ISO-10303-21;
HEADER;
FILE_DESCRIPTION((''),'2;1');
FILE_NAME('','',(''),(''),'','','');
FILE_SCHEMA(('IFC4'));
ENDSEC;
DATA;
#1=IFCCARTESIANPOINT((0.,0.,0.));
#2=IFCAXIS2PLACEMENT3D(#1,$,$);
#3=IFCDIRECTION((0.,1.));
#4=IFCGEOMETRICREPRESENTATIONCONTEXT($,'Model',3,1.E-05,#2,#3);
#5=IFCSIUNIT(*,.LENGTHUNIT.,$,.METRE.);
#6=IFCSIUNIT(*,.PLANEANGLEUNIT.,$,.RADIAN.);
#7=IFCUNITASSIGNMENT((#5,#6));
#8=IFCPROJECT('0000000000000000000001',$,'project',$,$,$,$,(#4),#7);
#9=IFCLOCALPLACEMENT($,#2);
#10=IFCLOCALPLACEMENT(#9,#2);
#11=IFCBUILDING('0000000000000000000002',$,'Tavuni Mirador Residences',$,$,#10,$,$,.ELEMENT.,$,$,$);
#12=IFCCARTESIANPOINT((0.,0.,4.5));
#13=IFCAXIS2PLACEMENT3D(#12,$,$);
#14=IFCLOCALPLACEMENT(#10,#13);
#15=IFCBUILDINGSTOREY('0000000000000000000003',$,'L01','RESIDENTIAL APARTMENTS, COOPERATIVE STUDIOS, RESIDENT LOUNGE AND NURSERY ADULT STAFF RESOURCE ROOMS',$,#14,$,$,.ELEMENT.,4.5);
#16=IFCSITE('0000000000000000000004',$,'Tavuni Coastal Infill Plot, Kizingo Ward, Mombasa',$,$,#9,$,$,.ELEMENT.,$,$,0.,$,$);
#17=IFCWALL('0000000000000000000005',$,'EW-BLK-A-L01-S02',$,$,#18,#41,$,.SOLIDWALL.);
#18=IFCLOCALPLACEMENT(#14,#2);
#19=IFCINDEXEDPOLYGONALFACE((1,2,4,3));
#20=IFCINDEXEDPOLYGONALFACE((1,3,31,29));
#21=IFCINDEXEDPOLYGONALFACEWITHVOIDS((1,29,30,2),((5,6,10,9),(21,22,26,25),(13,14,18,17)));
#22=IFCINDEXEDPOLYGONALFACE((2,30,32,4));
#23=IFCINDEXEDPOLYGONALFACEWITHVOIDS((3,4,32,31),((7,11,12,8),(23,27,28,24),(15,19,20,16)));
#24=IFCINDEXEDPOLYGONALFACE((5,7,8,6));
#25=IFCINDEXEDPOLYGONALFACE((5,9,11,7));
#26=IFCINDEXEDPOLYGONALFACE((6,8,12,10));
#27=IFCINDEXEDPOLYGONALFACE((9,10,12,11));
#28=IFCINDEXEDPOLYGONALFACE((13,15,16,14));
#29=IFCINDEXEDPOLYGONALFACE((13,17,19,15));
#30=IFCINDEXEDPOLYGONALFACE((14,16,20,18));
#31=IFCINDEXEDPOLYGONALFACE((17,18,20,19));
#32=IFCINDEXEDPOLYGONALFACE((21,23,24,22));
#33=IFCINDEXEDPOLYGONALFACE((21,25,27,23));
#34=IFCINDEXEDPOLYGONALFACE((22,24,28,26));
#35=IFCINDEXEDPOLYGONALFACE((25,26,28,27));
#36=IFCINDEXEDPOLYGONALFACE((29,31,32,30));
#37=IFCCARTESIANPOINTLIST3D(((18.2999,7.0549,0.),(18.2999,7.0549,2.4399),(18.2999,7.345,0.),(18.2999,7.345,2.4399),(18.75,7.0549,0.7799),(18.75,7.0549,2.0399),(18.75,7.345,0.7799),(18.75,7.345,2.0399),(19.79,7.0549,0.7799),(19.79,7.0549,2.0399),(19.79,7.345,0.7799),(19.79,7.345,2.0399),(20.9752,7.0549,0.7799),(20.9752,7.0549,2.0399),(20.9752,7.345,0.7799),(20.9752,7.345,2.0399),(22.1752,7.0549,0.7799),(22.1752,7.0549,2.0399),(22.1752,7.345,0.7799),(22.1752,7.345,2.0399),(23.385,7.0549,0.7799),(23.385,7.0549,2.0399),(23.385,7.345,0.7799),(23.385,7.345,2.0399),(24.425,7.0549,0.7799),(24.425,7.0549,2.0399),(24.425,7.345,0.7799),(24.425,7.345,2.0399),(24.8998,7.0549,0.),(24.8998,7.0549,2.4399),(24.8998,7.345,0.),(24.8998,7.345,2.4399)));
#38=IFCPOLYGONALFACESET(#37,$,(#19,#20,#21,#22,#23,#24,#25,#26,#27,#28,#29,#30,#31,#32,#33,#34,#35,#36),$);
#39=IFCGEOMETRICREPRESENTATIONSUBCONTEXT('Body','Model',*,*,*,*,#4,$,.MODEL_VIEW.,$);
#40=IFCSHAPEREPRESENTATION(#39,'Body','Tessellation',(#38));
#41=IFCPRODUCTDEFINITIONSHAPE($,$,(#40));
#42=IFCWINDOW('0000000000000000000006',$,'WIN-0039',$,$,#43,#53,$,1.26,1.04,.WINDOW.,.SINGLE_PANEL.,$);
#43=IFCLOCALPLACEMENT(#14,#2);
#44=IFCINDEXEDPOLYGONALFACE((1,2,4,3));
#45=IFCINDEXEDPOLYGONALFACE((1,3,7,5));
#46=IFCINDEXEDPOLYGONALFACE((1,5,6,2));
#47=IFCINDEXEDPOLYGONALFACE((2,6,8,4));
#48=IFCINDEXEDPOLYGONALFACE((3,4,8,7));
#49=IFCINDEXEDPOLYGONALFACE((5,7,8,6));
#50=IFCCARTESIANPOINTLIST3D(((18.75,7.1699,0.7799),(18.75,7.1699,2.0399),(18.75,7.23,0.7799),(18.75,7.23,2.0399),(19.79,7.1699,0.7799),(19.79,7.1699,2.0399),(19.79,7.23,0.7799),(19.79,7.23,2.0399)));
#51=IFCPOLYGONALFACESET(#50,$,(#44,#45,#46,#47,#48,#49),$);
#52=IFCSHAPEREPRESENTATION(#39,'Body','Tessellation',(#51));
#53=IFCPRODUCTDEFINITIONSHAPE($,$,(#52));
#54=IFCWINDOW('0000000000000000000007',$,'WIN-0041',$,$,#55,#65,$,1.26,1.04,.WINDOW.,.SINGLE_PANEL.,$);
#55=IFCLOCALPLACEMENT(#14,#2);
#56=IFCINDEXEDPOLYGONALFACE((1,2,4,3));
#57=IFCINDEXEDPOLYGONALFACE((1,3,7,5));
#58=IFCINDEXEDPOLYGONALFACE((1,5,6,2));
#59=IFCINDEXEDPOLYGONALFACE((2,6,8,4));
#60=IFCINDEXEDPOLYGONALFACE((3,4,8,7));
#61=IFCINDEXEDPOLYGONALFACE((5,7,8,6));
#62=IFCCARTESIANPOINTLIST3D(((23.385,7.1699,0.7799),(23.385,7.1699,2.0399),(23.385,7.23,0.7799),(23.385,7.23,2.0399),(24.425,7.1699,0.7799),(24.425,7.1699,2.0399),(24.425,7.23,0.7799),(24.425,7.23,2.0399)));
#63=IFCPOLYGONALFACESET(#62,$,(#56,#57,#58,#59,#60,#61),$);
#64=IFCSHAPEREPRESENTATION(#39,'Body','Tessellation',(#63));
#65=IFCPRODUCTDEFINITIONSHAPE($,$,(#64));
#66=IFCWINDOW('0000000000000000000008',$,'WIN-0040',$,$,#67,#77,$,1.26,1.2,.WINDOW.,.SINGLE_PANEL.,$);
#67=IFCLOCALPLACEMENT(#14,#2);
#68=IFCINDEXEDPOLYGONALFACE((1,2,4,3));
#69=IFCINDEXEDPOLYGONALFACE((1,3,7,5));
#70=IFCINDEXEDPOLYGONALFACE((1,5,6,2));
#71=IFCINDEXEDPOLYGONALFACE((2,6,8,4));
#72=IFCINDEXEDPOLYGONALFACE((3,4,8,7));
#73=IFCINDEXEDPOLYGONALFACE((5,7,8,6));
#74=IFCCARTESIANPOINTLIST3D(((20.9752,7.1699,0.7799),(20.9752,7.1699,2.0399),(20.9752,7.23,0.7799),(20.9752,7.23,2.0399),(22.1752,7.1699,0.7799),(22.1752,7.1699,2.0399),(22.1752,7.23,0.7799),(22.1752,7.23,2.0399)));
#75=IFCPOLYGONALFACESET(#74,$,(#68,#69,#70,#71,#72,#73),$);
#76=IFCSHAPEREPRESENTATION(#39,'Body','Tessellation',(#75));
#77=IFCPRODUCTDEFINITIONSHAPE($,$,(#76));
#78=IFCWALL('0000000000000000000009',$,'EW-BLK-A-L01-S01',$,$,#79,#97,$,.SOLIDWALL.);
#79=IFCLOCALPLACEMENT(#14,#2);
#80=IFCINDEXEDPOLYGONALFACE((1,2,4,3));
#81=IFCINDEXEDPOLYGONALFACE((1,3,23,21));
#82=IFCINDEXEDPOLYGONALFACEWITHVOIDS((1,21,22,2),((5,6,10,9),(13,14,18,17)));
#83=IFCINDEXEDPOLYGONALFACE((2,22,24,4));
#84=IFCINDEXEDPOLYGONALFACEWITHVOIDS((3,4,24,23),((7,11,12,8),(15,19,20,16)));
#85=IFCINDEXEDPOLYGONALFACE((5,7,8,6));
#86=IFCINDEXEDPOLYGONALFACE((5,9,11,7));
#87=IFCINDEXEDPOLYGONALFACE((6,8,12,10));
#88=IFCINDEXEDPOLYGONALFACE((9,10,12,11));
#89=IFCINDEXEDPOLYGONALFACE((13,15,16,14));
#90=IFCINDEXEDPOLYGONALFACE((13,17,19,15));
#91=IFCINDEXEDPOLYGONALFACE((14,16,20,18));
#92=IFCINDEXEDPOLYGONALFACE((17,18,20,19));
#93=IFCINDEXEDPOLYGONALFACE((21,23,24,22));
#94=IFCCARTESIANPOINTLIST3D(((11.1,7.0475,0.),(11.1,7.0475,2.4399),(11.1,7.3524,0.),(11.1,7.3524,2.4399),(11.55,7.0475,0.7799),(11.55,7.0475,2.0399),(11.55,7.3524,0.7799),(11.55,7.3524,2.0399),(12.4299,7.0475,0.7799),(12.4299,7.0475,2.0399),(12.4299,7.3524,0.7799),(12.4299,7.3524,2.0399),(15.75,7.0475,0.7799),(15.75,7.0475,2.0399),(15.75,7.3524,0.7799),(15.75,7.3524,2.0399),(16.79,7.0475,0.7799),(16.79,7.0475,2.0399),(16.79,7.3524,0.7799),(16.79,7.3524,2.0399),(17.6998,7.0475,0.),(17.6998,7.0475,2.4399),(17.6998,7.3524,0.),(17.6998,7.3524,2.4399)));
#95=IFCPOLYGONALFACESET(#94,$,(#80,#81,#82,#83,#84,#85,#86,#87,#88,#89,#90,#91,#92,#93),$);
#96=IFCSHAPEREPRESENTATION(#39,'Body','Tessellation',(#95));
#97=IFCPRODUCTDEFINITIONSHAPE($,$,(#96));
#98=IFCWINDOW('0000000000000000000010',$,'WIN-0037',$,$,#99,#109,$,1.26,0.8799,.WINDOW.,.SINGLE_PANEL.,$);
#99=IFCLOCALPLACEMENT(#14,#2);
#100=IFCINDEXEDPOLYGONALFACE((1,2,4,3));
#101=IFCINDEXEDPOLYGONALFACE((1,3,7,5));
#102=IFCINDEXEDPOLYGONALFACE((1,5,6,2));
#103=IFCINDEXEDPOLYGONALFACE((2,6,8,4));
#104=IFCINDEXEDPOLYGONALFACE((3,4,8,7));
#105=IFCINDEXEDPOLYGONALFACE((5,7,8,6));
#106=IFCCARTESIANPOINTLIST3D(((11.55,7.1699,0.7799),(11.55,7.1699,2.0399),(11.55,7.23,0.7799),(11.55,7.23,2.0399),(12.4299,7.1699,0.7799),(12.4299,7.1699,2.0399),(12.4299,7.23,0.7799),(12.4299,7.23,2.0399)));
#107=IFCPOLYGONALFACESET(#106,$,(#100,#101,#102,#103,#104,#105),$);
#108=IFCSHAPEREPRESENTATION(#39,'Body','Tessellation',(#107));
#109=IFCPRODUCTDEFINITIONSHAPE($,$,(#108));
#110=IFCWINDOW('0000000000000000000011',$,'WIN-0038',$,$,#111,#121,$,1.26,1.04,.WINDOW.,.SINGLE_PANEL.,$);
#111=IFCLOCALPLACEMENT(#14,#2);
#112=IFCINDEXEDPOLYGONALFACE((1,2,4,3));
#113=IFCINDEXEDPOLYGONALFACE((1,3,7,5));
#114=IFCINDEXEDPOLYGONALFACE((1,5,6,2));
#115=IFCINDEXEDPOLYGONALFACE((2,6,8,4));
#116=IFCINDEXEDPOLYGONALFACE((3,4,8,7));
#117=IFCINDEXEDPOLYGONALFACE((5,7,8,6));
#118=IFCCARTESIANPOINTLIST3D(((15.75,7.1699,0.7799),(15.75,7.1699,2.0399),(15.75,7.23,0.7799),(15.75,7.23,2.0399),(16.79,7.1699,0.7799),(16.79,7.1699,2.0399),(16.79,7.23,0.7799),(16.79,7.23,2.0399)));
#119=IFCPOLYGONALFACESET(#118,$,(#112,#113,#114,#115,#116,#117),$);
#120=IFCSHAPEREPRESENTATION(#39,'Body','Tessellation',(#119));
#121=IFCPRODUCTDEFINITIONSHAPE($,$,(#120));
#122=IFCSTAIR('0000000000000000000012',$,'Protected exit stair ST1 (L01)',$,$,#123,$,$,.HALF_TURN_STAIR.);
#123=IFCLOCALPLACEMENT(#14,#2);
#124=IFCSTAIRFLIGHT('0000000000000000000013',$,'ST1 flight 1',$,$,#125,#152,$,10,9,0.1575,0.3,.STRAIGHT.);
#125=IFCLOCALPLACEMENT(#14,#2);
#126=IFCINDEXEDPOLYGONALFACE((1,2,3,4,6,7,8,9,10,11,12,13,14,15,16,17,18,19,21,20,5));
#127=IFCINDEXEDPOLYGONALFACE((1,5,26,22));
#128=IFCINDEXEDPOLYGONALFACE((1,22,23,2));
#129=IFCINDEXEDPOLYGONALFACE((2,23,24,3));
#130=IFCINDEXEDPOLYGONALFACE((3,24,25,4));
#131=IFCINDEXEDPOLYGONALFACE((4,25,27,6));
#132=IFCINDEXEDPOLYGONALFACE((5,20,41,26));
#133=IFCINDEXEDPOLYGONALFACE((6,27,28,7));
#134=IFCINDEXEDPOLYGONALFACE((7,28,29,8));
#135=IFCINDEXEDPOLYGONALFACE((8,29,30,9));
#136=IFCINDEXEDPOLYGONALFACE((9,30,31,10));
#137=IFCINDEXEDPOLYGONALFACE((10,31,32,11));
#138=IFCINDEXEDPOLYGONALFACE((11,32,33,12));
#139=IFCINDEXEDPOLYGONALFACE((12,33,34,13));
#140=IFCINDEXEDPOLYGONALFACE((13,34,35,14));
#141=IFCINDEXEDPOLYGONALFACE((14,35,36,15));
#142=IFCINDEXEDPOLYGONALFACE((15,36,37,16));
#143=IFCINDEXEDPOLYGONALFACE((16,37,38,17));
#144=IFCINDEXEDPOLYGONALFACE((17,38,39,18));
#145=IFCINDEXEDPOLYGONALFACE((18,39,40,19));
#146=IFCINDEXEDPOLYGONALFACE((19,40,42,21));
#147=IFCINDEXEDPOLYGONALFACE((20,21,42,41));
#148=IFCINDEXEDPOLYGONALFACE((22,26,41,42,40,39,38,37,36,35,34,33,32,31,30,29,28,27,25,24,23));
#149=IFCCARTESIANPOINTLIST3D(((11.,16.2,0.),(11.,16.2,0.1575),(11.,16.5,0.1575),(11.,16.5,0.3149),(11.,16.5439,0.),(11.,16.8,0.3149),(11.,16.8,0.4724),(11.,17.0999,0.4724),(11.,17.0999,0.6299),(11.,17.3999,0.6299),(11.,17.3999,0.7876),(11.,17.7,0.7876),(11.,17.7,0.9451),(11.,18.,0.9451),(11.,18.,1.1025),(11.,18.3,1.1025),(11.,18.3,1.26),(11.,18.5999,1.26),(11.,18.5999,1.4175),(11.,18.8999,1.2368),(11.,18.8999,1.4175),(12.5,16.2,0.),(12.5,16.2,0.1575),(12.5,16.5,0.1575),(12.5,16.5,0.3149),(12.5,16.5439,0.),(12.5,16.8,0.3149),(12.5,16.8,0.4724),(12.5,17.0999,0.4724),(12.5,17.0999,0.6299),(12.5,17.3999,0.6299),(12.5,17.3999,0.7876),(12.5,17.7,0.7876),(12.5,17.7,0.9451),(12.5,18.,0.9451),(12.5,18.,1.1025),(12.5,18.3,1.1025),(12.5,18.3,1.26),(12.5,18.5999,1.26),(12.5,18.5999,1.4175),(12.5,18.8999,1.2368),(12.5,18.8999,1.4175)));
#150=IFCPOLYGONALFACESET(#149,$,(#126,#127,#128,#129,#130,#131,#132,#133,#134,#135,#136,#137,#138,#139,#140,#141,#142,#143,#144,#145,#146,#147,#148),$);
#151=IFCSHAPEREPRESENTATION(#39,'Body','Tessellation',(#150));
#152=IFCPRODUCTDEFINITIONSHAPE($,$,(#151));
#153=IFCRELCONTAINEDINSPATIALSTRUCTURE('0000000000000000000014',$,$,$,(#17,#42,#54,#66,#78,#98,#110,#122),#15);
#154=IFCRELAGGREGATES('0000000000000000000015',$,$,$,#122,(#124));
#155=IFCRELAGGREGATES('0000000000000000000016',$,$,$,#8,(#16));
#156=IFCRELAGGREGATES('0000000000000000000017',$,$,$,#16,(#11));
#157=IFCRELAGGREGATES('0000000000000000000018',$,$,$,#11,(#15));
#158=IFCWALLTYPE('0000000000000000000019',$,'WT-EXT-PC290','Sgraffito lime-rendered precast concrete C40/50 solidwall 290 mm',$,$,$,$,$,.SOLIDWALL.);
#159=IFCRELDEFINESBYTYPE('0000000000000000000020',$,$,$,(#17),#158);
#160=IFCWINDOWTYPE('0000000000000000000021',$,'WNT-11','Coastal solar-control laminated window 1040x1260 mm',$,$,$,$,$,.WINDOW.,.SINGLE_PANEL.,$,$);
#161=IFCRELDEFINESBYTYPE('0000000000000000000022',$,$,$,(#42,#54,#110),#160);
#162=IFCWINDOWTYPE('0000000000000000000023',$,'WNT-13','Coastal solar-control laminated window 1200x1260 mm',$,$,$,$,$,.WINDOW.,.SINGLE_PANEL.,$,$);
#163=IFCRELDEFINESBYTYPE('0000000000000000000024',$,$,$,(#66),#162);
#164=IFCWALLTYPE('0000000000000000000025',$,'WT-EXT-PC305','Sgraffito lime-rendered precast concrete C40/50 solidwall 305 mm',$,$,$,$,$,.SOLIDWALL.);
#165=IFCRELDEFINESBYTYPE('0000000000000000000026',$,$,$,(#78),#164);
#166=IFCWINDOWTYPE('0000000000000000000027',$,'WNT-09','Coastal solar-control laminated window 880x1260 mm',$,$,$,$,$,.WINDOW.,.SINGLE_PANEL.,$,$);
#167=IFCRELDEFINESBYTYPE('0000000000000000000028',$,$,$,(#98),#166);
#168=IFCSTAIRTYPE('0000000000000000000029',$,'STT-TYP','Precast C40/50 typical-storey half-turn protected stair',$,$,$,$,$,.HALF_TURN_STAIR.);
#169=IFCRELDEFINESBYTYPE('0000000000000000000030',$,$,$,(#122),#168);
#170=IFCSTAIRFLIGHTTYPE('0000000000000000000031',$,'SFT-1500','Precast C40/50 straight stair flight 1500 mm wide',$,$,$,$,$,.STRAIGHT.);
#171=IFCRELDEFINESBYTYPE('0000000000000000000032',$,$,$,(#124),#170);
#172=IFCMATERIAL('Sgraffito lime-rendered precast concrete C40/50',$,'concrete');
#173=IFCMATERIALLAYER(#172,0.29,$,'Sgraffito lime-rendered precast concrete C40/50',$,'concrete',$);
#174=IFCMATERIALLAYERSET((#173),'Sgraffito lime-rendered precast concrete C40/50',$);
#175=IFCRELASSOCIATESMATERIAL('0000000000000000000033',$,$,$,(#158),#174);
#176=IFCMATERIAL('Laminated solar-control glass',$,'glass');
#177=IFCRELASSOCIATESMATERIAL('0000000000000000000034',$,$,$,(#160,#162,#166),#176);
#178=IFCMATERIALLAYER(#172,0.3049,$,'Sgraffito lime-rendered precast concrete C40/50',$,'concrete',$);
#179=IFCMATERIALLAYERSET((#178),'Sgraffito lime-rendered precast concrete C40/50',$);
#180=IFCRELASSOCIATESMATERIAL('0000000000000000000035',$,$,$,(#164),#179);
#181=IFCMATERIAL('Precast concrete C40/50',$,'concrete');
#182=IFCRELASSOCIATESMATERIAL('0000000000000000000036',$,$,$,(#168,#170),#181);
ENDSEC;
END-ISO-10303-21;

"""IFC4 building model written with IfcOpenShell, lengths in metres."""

from ifc_helpers import new_model, si_unit, direction, frame, frame_2d, origin, place, context, subcontext, project, spatial, polyline, rectangle, outline, extrude, material, layer, layer_set, type_object, element, fill, aggregate, save


model = new_model("IFC4")

# Units and contexts
model_context = context("Model", 3, precision=1e-05, world=origin(), true_north=direction((0.0, 1.0)))
body_context = subcontext(model_context, "Body", "Model", "MODEL_VIEW")
ifc_project = project(units=[si_unit("LENGTHUNIT", "METRE"), si_unit("PLANEANGLEUNIT", "RADIAN")], contexts=[model_context])

# Site, building, storey
site_placement = place(None, origin())
site = spatial("IfcSite", under=ifc_project, at=site_placement, Name="Tavuni Coastal Infill Plot, Kizingo Ward, Mombasa", CompositionType="ELEMENT", RefElevation=0.0)
building_placement = place(site_placement, origin())
building = spatial("IfcBuilding", under=site, at=building_placement, Name="Tavuni Mirador Residences", CompositionType="ELEMENT")
storey_placement = place(building_placement, frame((0.0, 0.0, 4.5)))
storey = spatial("IfcBuildingStorey", under=building, at=storey_placement, Name="L01", Description="RESIDENTIAL APARTMENTS, COOPERATIVE STUDIOS, RESIDENT LOUNGE AND NURSERY ADULT STAFF RESOURCE ROOMS", CompositionType="ELEMENT", Elevation=4.5)

# Shared definitions
ifc_material_1 = material(Name="Precast concrete C40/50", Category="concrete")

# Walls, openings, windows
ifc_material_2 = material(Name="Sgraffito lime-rendered precast concrete C40/50", Category="concrete")
ifc_layer_1 = layer(ifc_material_2, 0.29, Name="Sgraffito lime-rendered precast concrete C40/50", Category="concrete")
ifc_layer_set_1 = layer_set([ifc_layer_1], Name="Sgraffito lime-rendered precast concrete C40/50")
wall_type_1 = type_object("IfcWallType", Name="WT-EXT-PC290", Description="Sgraffito lime-rendered precast concrete C40/50 solidwall 290 mm", PredefinedType="SOLIDWALL", material=ifc_layer_set_1)
wall_1_placement = place(storey_placement, frame((18.3, 7.2, 0.0), z_axis=(0.0, 0.0, 1.0), x_axis=(1.0, 0.0, 0.0)))
wall_1 = element("IfcWall", 1, at=wall_1_placement, inside=storey, type_object=wall_type_1, Name="EW-BLK-A-L01-S02", PredefinedType="SOLIDWALL", context=body_context, shape_type="SweptSolid", body=[
    extrude(rectangle(XDim=6.5999, YDim=0.29, at=frame_2d((3.2998, 0.0))), origin(), (0.0, 0.0, 1.0), 2.4399),
])
opening_1_placement = place(wall_1_placement, frame((0.45, 0.0, 0.78)))
opening_1 = element("IfcOpeningElement", 2, at=opening_1_placement, cuts=wall_1, PredefinedType="OPENING", context=body_context, shape_type="SweptSolid", body=[
    extrude(rectangle(XDim=1.04, YDim=1.26, at=frame_2d((0.52, 0.6299))), frame((0.0, 0.155, 0.0), z_axis=(0.0, -1.0, 0.0), x_axis=(1.0, 0.0, 0.0)), (0.0, 0.0, 1.0), 0.3101),
])
opening_2_placement = place(wall_1_placement, frame((2.675, 0.0, 0.78)))
opening_2 = element("IfcOpeningElement", 3, at=opening_2_placement, cuts=wall_1, PredefinedType="OPENING", context=body_context, shape_type="SweptSolid", body=[
    extrude(rectangle(XDim=1.2, YDim=1.26, at=frame_2d((0.6001, 0.6299))), frame((0.0, 0.155, 0.0), z_axis=(0.0, -1.0, 0.0), x_axis=(1.0, 0.0, 0.0)), (0.0, 0.0, 1.0), 0.3101),
])
opening_3_placement = place(wall_1_placement, frame((5.085, 0.0, 0.78)))
opening_3 = element("IfcOpeningElement", 4, at=opening_3_placement, cuts=wall_1, PredefinedType="OPENING", context=body_context, shape_type="SweptSolid", body=[
    extrude(rectangle(XDim=1.04, YDim=1.26, at=frame_2d((0.52, 0.6299))), frame((0.0, 0.155, 0.0), z_axis=(0.0, -1.0, 0.0), x_axis=(1.0, 0.0, 0.0)), (0.0, 0.0, 1.0), 0.3101),
])
ifc_material_3 = material(Name="Laminated solar-control glass", Category="glass")
window_type_1 = type_object("IfcWindowType", Name="WNT-11", Description="Coastal solar-control laminated window 1040x1260 mm", PartitioningType="SINGLE_PANEL", PredefinedType="WINDOW", material=ifc_material_3)
window_1_placement = place(opening_1_placement, origin())
window_1 = element("IfcWindow", 5, at=window_1_placement, inside=storey, type_object=window_type_1, Name="WIN-0039", OverallHeight=1.26, OverallWidth=1.04, PartitioningType="SINGLE_PANEL", PredefinedType="WINDOW", context=body_context, shape_type="SweptSolid", body=[
    extrude(rectangle(XDim=1.04, YDim=1.26, at=frame_2d((0.52, 0.6299))), frame((0.0, 0.03, 0.0), z_axis=(0.0, -1.0, 0.0), x_axis=(1.0, 0.0, 0.0)), (0.0, 0.0, 1.0), 0.0601),
])
fill(opening_1, window_1)
window_2_placement = place(opening_3_placement, origin())
window_2 = element("IfcWindow", 6, at=window_2_placement, inside=storey, type_object=window_type_1, Name="WIN-0041", OverallHeight=1.26, OverallWidth=1.04, PartitioningType="SINGLE_PANEL", PredefinedType="WINDOW", context=body_context, shape_type="SweptSolid", body=[
    extrude(rectangle(XDim=1.04, YDim=1.26, at=frame_2d((0.52, 0.6299))), frame((0.0, 0.03, 0.0), z_axis=(0.0, -1.0, 0.0), x_axis=(1.0, 0.0, 0.0)), (0.0, 0.0, 1.0), 0.0601),
])
fill(opening_3, window_2)
window_type_2 = type_object("IfcWindowType", Name="WNT-13", Description="Coastal solar-control laminated window 1200x1260 mm", PartitioningType="SINGLE_PANEL", PredefinedType="WINDOW", material=ifc_material_3)
window_3_placement = place(opening_2_placement, origin())
window_3 = element("IfcWindow", 7, at=window_3_placement, inside=storey, type_object=window_type_2, Name="WIN-0040", OverallHeight=1.26, OverallWidth=1.2, PartitioningType="SINGLE_PANEL", PredefinedType="WINDOW", context=body_context, shape_type="SweptSolid", body=[
    extrude(rectangle(XDim=1.2, YDim=1.26, at=frame_2d((0.6001, 0.6299))), frame((0.0, 0.03, 0.0), z_axis=(0.0, -1.0, 0.0), x_axis=(1.0, 0.0, 0.0)), (0.0, 0.0, 1.0), 0.0601),
])
fill(opening_2, window_3)
ifc_layer_2 = layer(ifc_material_2, 0.3049, Name="Sgraffito lime-rendered precast concrete C40/50", Category="concrete")
ifc_layer_set_2 = layer_set([ifc_layer_2], Name="Sgraffito lime-rendered precast concrete C40/50")
wall_type_2 = type_object("IfcWallType", Name="WT-EXT-PC305", Description="Sgraffito lime-rendered precast concrete C40/50 solidwall 305 mm", PredefinedType="SOLIDWALL", material=ifc_layer_set_2)
wall_2_placement = place(storey_placement, frame((11.1001, 7.2, 0.0), z_axis=(0.0, 0.0, 1.0), x_axis=(1.0, 0.0, 0.0)))
wall_2 = element("IfcWall", 8, at=wall_2_placement, inside=storey, type_object=wall_type_2, Name="EW-BLK-A-L01-S01", PredefinedType="SOLIDWALL", context=body_context, shape_type="SweptSolid", body=[
    extrude(rectangle(XDim=6.5999, YDim=0.3049, at=frame_2d((3.2998, 0.0))), origin(), (0.0, 0.0, 1.0), 2.4399),
])
opening_4_placement = place(wall_2_placement, frame((0.45, 0.0, 0.78)))
opening_4 = element("IfcOpeningElement", 9, at=opening_4_placement, cuts=wall_2, PredefinedType="OPENING", context=body_context, shape_type="SweptSolid", body=[
    extrude(rectangle(XDim=0.8799, YDim=1.26, at=frame_2d((0.4399, 0.6299))), frame((0.0, 0.1626, 0.0), z_axis=(0.0, -1.0, 0.0), x_axis=(1.0, 0.0, 0.0)), (0.0, 0.0, 1.0), 0.325),
])
opening_5_placement = place(wall_2_placement, frame((4.6499, 0.0, 0.78)))
opening_5 = element("IfcOpeningElement", 10, at=opening_5_placement, cuts=wall_2, PredefinedType="OPENING", context=body_context, shape_type="SweptSolid", body=[
    extrude(rectangle(XDim=1.04, YDim=1.26, at=frame_2d((0.52, 0.6299))), frame((0.0, 0.1626, 0.0), z_axis=(0.0, -1.0, 0.0), x_axis=(1.0, 0.0, 0.0)), (0.0, 0.0, 1.0), 0.325),
])
window_type_3 = type_object("IfcWindowType", Name="WNT-09", Description="Coastal solar-control laminated window 880x1260 mm", PartitioningType="SINGLE_PANEL", PredefinedType="WINDOW", material=ifc_material_3)
window_4_placement = place(opening_4_placement, origin())
window_4 = element("IfcWindow", 11, at=window_4_placement, inside=storey, type_object=window_type_3, Name="WIN-0037", OverallHeight=1.26, OverallWidth=0.8799, PartitioningType="SINGLE_PANEL", PredefinedType="WINDOW", context=body_context, shape_type="SweptSolid", body=[
    extrude(rectangle(XDim=0.8799, YDim=1.26, at=frame_2d((0.4399, 0.6299))), frame((0.0, 0.03, 0.0), z_axis=(0.0, -1.0, 0.0), x_axis=(1.0, 0.0, 0.0)), (0.0, 0.0, 1.0), 0.0601),
])
fill(opening_4, window_4)
window_5_placement = place(opening_5_placement, origin())
window_5 = element("IfcWindow", 12, at=window_5_placement, inside=storey, type_object=window_type_1, Name="WIN-0038", OverallHeight=1.26, OverallWidth=1.04, PartitioningType="SINGLE_PANEL", PredefinedType="WINDOW", context=body_context, shape_type="SweptSolid", body=[
    extrude(rectangle(XDim=1.04, YDim=1.26, at=frame_2d((0.52, 0.6299))), frame((0.0, 0.03, 0.0), z_axis=(0.0, -1.0, 0.0), x_axis=(1.0, 0.0, 0.0)), (0.0, 0.0, 1.0), 0.0601),
])
fill(opening_5, window_5)

# Stair, stair flight
stair_type = type_object("IfcStairType", Name="STT-TYP", Description="Precast C40/50 typical-storey half-turn protected stair", PredefinedType="HALF_TURN_STAIR", material=ifc_material_1)
stair_placement = place(storey_placement, origin())
stair = element("IfcStair", 13, at=stair_placement, inside=storey, type_object=stair_type, Name="Protected exit stair ST1 (L01)", PredefinedType="HALF_TURN_STAIR")
stair_flight_type = type_object("IfcStairFlightType", Name="SFT-1500", Description="Precast C40/50 straight stair flight 1500 mm wide", PredefinedType="STRAIGHT", material=ifc_material_1)
stair_flight_placement = place(storey_placement, frame((11.75, 16.2, 0.0), z_axis=(0.0, 0.0, 1.0), x_axis=(0.0, 1.0, 0.0)))
stair_flight = element("IfcStairFlight", 14, at=stair_flight_placement, type_object=stair_flight_type, Name="ST1 flight 1", NumberOfRisers=10, NumberOfTreads=9, PredefinedType="STRAIGHT", RiserHeight=0.1575, TreadLength=0.3, context=body_context, shape_type="SweptSolid", body=[
    extrude(outline(polyline([(0.0, 0.0), (0.0, 0.1575), (0.3, 0.1575), (0.3, 0.3149), (0.6001, 0.3149), (0.6001, 0.4724), (0.8999, 0.4724), (0.8999, 0.6299), (1.2, 0.6299), (1.2, 0.7876), (1.5, 0.7876), (1.5, 0.9451), (1.8, 0.9451), (1.8, 1.1025), (2.1001, 1.1025), (2.1001, 1.26), (2.3999, 1.26), (2.3999, 1.4175), (2.7, 1.4175), (2.7, 1.575), (2.7, 1.2368), (0.344, 0.0), (0.0, 0.0)])), frame((0.0, 0.75, 0.0), z_axis=(0.0, -1.0, 0.0), x_axis=(1.0, 0.0, 0.0)), (0.0, 0.0, 1.0), 1.5),
])
aggregate(stair, [stair_flight])

save(model, "model.ifc")
